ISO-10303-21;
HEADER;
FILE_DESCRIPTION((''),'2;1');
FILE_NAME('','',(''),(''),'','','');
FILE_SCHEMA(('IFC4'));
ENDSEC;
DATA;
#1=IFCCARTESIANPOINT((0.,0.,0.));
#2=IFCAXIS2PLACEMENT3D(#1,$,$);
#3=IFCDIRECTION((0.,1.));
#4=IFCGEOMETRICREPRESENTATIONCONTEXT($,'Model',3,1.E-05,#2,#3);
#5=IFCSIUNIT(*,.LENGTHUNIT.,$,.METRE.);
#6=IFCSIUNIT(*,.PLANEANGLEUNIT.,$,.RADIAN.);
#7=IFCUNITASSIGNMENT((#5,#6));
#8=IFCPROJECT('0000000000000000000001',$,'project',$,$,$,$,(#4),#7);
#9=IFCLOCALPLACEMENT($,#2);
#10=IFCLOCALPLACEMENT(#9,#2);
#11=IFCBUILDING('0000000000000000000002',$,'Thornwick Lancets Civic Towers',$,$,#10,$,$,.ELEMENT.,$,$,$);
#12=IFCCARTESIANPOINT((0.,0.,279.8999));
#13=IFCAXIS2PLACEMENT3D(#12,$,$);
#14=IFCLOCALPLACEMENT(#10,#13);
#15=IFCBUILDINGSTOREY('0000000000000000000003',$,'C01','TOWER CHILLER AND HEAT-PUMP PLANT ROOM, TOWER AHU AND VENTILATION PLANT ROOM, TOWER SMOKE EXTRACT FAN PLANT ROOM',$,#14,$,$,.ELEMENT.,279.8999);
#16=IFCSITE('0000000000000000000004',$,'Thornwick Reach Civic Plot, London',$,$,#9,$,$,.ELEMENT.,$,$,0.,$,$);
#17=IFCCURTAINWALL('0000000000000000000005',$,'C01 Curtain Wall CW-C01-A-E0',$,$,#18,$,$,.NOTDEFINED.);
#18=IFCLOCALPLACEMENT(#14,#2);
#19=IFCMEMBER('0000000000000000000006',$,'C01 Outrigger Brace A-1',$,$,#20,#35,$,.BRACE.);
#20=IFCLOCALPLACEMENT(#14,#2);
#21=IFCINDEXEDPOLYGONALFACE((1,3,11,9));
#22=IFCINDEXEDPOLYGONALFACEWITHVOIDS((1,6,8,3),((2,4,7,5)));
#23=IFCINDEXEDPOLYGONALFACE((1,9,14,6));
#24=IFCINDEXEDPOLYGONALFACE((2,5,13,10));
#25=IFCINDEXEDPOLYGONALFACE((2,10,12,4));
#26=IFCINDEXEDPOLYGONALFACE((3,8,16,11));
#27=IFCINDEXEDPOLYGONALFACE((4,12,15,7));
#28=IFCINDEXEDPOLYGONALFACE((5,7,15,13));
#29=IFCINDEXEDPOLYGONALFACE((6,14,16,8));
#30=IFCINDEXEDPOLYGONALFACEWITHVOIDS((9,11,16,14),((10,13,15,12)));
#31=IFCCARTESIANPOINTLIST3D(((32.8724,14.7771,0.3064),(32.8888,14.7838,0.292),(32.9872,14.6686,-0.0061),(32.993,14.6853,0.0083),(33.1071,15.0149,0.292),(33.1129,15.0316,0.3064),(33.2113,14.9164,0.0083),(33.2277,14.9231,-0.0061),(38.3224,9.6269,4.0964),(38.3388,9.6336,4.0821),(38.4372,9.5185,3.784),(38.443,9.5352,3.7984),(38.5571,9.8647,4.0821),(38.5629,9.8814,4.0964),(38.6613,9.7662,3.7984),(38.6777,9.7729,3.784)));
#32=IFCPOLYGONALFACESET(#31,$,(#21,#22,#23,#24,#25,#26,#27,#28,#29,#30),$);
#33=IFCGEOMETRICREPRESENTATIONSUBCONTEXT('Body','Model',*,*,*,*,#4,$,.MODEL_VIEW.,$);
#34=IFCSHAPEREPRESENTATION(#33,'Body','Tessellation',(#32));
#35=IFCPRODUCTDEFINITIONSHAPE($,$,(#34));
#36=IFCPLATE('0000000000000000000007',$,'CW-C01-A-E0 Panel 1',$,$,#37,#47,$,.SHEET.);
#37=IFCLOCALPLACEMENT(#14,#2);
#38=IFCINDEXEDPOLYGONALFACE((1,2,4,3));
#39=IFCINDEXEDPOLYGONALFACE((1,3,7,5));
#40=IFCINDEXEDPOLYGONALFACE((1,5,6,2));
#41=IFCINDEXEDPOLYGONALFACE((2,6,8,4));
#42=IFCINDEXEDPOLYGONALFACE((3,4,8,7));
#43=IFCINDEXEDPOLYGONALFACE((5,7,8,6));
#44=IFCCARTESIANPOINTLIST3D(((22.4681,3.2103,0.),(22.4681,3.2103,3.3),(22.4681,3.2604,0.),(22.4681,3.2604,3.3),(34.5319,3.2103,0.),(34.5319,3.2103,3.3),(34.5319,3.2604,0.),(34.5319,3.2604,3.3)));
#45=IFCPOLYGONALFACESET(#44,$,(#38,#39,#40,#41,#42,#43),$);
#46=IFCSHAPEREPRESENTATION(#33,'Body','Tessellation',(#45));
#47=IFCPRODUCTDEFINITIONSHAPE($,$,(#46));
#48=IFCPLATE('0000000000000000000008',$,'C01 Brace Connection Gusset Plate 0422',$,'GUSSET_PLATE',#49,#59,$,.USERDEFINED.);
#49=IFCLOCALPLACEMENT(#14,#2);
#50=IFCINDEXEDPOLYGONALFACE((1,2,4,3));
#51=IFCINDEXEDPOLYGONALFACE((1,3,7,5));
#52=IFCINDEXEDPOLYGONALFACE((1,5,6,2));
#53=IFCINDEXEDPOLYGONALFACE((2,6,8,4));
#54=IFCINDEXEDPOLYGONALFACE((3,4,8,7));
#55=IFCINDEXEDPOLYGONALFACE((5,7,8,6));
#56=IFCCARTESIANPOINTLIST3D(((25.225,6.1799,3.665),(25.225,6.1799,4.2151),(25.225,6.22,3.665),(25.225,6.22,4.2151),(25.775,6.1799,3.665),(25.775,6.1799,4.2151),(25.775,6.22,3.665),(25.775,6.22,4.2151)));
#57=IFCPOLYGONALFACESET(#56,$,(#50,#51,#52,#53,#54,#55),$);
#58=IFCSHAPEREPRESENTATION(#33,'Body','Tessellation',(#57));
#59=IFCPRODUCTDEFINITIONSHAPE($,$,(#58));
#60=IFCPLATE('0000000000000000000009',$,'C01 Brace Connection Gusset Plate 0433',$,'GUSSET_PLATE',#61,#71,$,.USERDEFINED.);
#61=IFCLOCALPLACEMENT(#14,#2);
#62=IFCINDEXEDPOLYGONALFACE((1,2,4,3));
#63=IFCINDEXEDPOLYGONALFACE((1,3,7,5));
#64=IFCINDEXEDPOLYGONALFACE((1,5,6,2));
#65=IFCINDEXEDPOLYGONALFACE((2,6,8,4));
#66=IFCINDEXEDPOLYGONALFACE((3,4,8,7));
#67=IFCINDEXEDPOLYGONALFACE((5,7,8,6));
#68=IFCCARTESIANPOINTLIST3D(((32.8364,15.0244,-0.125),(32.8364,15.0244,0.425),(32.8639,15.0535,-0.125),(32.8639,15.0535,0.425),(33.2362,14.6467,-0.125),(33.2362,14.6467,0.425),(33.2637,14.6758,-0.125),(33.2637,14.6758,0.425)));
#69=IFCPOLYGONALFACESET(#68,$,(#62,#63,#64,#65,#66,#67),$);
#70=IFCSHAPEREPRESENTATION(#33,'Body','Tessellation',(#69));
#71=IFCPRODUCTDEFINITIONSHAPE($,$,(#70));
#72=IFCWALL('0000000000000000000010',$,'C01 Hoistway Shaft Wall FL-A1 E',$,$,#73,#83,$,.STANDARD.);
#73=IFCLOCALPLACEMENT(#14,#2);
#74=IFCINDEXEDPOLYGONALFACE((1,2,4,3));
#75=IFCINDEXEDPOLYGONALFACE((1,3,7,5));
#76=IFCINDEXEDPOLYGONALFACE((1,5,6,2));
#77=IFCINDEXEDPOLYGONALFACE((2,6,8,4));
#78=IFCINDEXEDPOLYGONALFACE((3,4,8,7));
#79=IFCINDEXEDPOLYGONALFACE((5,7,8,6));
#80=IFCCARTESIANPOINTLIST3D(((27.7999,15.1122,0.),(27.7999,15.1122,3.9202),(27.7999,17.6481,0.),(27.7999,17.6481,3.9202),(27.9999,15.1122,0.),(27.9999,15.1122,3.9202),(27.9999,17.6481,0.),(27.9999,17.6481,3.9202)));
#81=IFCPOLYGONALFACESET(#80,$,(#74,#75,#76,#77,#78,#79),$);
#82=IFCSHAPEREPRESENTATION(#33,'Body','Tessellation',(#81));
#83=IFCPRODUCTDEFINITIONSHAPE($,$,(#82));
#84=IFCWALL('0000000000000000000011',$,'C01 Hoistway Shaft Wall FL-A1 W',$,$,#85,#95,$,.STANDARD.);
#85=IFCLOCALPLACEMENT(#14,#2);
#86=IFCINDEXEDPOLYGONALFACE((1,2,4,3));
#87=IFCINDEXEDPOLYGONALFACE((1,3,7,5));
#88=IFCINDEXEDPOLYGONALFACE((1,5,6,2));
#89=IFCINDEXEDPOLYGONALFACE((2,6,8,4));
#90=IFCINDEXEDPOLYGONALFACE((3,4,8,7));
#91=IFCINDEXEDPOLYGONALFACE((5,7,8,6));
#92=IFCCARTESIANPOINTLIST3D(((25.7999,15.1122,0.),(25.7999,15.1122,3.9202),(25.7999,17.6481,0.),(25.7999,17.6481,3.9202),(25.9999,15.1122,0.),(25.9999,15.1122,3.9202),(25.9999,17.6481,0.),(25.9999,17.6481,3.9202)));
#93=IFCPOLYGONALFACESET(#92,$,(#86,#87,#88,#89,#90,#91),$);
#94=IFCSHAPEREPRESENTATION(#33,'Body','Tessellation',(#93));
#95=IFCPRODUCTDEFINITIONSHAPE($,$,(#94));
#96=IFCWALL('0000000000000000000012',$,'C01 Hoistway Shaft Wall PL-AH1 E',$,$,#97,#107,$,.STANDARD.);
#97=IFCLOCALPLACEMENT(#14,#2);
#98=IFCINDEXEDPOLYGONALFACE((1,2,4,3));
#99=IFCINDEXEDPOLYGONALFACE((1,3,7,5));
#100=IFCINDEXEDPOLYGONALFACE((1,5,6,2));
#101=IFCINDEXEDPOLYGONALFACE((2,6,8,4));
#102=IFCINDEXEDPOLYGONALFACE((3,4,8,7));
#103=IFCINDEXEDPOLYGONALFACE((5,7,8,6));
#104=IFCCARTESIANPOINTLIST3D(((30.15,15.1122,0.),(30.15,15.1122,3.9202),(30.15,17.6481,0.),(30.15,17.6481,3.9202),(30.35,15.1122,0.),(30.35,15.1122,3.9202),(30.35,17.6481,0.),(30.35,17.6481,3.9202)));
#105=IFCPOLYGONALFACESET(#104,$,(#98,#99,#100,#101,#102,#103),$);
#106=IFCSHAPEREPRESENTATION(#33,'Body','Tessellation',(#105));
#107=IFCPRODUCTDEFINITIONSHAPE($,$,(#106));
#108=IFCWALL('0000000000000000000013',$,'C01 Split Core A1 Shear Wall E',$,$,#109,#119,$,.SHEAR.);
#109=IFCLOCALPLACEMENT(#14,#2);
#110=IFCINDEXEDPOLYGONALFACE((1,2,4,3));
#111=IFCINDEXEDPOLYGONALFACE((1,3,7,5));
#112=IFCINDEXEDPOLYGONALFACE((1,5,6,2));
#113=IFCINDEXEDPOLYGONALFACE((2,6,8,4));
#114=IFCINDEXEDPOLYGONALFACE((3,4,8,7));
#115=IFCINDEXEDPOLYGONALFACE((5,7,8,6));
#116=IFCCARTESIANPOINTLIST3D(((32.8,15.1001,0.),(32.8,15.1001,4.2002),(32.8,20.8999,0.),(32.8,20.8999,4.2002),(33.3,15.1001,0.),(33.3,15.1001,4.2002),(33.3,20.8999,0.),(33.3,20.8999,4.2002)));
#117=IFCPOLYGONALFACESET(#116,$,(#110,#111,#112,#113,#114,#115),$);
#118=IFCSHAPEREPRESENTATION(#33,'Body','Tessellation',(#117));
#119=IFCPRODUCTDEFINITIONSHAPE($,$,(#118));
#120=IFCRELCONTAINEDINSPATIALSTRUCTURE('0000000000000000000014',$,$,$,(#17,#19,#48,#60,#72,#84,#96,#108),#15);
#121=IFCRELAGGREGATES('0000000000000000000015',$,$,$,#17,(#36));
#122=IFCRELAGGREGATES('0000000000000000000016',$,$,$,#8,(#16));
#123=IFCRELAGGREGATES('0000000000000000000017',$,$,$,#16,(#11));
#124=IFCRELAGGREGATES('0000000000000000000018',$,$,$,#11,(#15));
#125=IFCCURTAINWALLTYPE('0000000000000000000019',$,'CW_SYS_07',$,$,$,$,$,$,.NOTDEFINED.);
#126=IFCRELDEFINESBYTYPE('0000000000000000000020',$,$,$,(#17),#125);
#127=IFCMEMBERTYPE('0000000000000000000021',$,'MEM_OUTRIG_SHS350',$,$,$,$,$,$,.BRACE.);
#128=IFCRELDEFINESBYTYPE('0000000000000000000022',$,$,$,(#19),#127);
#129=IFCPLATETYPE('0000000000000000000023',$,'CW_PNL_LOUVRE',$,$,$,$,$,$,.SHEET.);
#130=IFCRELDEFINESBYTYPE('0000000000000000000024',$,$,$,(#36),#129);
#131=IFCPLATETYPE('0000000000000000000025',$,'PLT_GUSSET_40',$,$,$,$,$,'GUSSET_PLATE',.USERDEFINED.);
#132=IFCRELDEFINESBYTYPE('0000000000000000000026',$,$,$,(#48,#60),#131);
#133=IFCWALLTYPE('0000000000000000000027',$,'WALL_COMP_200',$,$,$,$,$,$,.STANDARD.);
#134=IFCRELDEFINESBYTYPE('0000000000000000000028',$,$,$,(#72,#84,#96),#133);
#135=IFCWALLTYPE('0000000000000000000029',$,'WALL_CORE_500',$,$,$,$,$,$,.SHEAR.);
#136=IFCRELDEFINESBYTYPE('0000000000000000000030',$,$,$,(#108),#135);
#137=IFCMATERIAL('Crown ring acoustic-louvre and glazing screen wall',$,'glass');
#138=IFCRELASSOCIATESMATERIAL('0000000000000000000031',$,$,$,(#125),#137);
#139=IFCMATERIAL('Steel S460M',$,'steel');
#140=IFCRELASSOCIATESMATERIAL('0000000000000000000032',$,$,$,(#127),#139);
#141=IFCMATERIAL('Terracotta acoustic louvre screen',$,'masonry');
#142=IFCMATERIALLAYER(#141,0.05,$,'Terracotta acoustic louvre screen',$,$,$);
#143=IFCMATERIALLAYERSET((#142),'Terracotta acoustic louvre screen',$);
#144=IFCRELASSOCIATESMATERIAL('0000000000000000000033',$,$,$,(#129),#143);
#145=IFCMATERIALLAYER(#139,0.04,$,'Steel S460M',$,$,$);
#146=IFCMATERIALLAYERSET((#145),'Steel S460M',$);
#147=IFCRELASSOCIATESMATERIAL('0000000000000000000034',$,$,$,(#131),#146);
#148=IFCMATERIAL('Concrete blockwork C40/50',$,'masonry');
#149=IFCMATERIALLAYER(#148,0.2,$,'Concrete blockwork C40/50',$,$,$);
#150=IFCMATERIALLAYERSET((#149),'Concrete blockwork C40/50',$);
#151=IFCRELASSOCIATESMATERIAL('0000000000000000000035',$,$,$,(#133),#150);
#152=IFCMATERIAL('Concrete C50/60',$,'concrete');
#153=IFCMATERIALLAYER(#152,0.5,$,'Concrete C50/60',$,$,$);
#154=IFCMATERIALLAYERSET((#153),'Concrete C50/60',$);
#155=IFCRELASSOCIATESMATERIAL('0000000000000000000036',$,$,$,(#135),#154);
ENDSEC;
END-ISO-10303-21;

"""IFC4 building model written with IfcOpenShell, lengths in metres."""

from ifc_helpers import new_model, si_unit, direction, frame, frame_2d, origin, origin_2d, place, context, subcontext, project, spatial, rectangle, hollow_rectangle, extrude, material, layer, layer_set, material_profile, profile_set, type_object, element, aggregate, save


model = new_model("IFC4")

# Units and contexts
model_context = context("Model", 3, precision=1e-05, world=origin(), true_north=direction((0.0, 1.0)))
body_context = subcontext(model_context, "Body", "Model", "MODEL_VIEW")
ifc_project = project(units=[si_unit("LENGTHUNIT", "METRE"), si_unit("PLANEANGLEUNIT", "RADIAN")], contexts=[model_context])

# Site, building, storey
site_placement = place(None, origin())
site = spatial("IfcSite", under=ifc_project, at=site_placement, Name="Thornwick Reach Civic Plot, London", CompositionType="ELEMENT", RefElevation=0.0)
building_placement = place(site_placement, origin())
building = spatial("IfcBuilding", under=site, at=building_placement, Name="Thornwick Lancets Civic Towers", CompositionType="ELEMENT")
storey_placement = place(building_placement, frame((0.0, 0.0, 279.8999)))
storey = spatial("IfcBuildingStorey", under=building, at=storey_placement, Name="C01", Description="TOWER CHILLER AND HEAT-PUMP PLANT ROOM, TOWER AHU AND VENTILATION PLANT ROOM, TOWER SMOKE EXTRACT FAN PLANT ROOM", CompositionType="ELEMENT", Elevation=279.8999)

# Shared definitions
ifc_material_1 = material(Name="Concrete C50/60", Category="concrete")

# Curtain wall
ifc_material_2 = material(Name="Crown ring acoustic-louvre and glazing screen wall", Category="glass")
curtain_wall_type = type_object("IfcCurtainWallType", Name="CW_SYS_07", PredefinedType="NOTDEFINED", material=ifc_material_2)
curtain_wall_placement = place(storey_placement, origin())
curtain_wall = element("IfcCurtainWall", 1, at=curtain_wall_placement, inside=storey, type_object=curtain_wall_type, Name="C01 Curtain Wall CW-C01-A-E0", PredefinedType="NOTDEFINED")

# Member
ifc_material_3 = material(Name="Steel S460M", Category="steel")
ifc_material_profile_1 = material_profile(ifc_material_3, hollow_rectangle(XDim=0.3501, YDim=0.3501, WallThickness=0.0161, at=origin_2d()), Name="SHS 350x350x16")
ifc_profile_set_1 = profile_set([ifc_material_profile_1], Name="Steel S460M")
member_type_1 = type_object("IfcMemberType", Name="MEM_OUTRIG_SHS350", PredefinedType="BRACE", material=ifc_profile_set_1)
member_1_placement = place(storey_placement, frame((33.05, 14.8501, 0.1501), z_axis=(0.648664, -0.612981, 0.451098), x_axis=(0.686833, 0.726815, 0.0)))
element("IfcMember", 2, at=member_1_placement, inside=storey, type_object=member_type_1, Name="C01 Outrigger Brace A-1", PredefinedType="BRACE", context=body_context, shape_type="SweptSolid", body=[
    extrude(hollow_rectangle(XDim=0.3501, YDim=0.3501, WallThickness=0.0161, at=origin_2d()), origin(), (0.0, 0.0, 1.0), 8.4019),
])

# Plate
ifc_material_4 = material(Name="Terracotta acoustic louvre screen", Category="masonry")
ifc_layer_1 = layer(ifc_material_4, 0.05, Name="Terracotta acoustic louvre screen")
ifc_layer_set_1 = layer_set([ifc_layer_1], Name="Terracotta acoustic louvre screen")
plate_type_1 = type_object("IfcPlateType", Name="CW_PNL_LOUVRE", PredefinedType="SHEET", material=ifc_layer_set_1)
plate_placement = place(storey_placement, frame((28.5, 3.2354, 0.0), z_axis=(0.0, 0.0, 1.0), x_axis=(1.0, 0.0, 0.0)))
plate = element("IfcPlate", 3, at=plate_placement, type_object=plate_type_1, Name="CW-C01-A-E0 Panel 1", PredefinedType="SHEET", context=body_context, shape_type="SweptSolid", body=[
    extrude(rectangle(XDim=12.0637, YDim=0.05, at=origin_2d()), origin(), (0.0, 0.0, 1.0), 3.3),
])
aggregate(curtain_wall, [plate])

# Plates
ifc_layer_2 = layer(ifc_material_3, 0.04, Name="Steel S460M")
ifc_layer_set_2 = layer_set([ifc_layer_2], Name="Steel S460M")
plate_type_2 = type_object("IfcPlateType", Name="PLT_GUSSET_40", ElementType="GUSSET_PLATE", PredefinedType="USERDEFINED", material=ifc_layer_set_2)
for number, where, z_axis, x_axis, name in (
    (4, (25.5, 6.2, 3.665), (0.0, 0.0, 1.0), (1.0, 0.0, 0.0), "C01 Brace Connection Gusset Plate 0422"),
    (5, (33.05, 14.8501, -0.125), (0.0, 0.0, 1.0), (0.726814, -0.686834, 0.0), "C01 Brace Connection Gusset Plate 0433"),
):
    element("IfcPlate", number, at=place(storey_placement, frame(where, z_axis=z_axis, x_axis=x_axis)), inside=storey, type_object=plate_type_2, Name=name, ObjectType="GUSSET_PLATE", PredefinedType="USERDEFINED", context=body_context, shape_type="SweptSolid", body=[
        extrude(rectangle(XDim=0.55, YDim=0.04, at=origin_2d()), origin(), (0.0, 0.0, 1.0), 0.55),
    ])

# Walls
ifc_material_5 = material(Name="Concrete blockwork C40/50", Category="masonry")
ifc_layer_3 = layer(ifc_material_5, 0.2, Name="Concrete blockwork C40/50")
ifc_layer_set_3 = layer_set([ifc_layer_3], Name="Concrete blockwork C40/50")
wall_type_1 = type_object("IfcWallType", Name="WALL_COMP_200", PredefinedType="STANDARD", material=ifc_layer_set_3)
for number, where, z_axis, x_axis, name in (
    (6, (27.8999, 15.1121, 0.0), (0.0, 0.0, 1.0), (0.0, 1.0, 0.0), "C01 Hoistway Shaft Wall FL-A1 E"),
    (7, (25.8999, 15.1121, 0.0), (0.0, 0.0, 1.0), (0.0, 1.0, 0.0), "C01 Hoistway Shaft Wall FL-A1 W"),
    (8, (30.25, 15.1121, 0.0), (0.0, 0.0, 1.0), (0.0, 1.0, 0.0), "C01 Hoistway Shaft Wall PL-AH1 E"),
):
    element("IfcWall", number, at=place(storey_placement, frame(where, z_axis=z_axis, x_axis=x_axis)), inside=storey, type_object=wall_type_1, Name=name, PredefinedType="STANDARD", context=body_context, shape_type="SweptSolid", body=[
        extrude(rectangle(XDim=2.5359, YDim=0.2, at=frame_2d((1.2681, 0.0))), origin(), (0.0, 0.0, 1.0), 3.9202),
    ])
ifc_layer_4 = layer(ifc_material_1, 0.5, Name="Concrete C50/60")
ifc_layer_set_4 = layer_set([ifc_layer_4], Name="Concrete C50/60")
wall_type_2 = type_object("IfcWallType", Name="WALL_CORE_500", PredefinedType="SHEAR", material=ifc_layer_set_4)
wall_placement = place(storey_placement, frame((33.05, 15.1001, 0.0), z_axis=(0.0, 0.0, 1.0), x_axis=(0.0, 1.0, 0.0)))
element("IfcWall", 9, at=wall_placement, inside=storey, type_object=wall_type_2, Name="C01 Split Core A1 Shear Wall E", PredefinedType="SHEAR", context=body_context, shape_type="SweptSolid", body=[
    extrude(rectangle(XDim=5.7998, YDim=0.5, at=frame_2d((2.8999, 0.0))), origin(), (0.0, 0.0, 1.0), 4.2002),
])

save(model, "model.ifc")
